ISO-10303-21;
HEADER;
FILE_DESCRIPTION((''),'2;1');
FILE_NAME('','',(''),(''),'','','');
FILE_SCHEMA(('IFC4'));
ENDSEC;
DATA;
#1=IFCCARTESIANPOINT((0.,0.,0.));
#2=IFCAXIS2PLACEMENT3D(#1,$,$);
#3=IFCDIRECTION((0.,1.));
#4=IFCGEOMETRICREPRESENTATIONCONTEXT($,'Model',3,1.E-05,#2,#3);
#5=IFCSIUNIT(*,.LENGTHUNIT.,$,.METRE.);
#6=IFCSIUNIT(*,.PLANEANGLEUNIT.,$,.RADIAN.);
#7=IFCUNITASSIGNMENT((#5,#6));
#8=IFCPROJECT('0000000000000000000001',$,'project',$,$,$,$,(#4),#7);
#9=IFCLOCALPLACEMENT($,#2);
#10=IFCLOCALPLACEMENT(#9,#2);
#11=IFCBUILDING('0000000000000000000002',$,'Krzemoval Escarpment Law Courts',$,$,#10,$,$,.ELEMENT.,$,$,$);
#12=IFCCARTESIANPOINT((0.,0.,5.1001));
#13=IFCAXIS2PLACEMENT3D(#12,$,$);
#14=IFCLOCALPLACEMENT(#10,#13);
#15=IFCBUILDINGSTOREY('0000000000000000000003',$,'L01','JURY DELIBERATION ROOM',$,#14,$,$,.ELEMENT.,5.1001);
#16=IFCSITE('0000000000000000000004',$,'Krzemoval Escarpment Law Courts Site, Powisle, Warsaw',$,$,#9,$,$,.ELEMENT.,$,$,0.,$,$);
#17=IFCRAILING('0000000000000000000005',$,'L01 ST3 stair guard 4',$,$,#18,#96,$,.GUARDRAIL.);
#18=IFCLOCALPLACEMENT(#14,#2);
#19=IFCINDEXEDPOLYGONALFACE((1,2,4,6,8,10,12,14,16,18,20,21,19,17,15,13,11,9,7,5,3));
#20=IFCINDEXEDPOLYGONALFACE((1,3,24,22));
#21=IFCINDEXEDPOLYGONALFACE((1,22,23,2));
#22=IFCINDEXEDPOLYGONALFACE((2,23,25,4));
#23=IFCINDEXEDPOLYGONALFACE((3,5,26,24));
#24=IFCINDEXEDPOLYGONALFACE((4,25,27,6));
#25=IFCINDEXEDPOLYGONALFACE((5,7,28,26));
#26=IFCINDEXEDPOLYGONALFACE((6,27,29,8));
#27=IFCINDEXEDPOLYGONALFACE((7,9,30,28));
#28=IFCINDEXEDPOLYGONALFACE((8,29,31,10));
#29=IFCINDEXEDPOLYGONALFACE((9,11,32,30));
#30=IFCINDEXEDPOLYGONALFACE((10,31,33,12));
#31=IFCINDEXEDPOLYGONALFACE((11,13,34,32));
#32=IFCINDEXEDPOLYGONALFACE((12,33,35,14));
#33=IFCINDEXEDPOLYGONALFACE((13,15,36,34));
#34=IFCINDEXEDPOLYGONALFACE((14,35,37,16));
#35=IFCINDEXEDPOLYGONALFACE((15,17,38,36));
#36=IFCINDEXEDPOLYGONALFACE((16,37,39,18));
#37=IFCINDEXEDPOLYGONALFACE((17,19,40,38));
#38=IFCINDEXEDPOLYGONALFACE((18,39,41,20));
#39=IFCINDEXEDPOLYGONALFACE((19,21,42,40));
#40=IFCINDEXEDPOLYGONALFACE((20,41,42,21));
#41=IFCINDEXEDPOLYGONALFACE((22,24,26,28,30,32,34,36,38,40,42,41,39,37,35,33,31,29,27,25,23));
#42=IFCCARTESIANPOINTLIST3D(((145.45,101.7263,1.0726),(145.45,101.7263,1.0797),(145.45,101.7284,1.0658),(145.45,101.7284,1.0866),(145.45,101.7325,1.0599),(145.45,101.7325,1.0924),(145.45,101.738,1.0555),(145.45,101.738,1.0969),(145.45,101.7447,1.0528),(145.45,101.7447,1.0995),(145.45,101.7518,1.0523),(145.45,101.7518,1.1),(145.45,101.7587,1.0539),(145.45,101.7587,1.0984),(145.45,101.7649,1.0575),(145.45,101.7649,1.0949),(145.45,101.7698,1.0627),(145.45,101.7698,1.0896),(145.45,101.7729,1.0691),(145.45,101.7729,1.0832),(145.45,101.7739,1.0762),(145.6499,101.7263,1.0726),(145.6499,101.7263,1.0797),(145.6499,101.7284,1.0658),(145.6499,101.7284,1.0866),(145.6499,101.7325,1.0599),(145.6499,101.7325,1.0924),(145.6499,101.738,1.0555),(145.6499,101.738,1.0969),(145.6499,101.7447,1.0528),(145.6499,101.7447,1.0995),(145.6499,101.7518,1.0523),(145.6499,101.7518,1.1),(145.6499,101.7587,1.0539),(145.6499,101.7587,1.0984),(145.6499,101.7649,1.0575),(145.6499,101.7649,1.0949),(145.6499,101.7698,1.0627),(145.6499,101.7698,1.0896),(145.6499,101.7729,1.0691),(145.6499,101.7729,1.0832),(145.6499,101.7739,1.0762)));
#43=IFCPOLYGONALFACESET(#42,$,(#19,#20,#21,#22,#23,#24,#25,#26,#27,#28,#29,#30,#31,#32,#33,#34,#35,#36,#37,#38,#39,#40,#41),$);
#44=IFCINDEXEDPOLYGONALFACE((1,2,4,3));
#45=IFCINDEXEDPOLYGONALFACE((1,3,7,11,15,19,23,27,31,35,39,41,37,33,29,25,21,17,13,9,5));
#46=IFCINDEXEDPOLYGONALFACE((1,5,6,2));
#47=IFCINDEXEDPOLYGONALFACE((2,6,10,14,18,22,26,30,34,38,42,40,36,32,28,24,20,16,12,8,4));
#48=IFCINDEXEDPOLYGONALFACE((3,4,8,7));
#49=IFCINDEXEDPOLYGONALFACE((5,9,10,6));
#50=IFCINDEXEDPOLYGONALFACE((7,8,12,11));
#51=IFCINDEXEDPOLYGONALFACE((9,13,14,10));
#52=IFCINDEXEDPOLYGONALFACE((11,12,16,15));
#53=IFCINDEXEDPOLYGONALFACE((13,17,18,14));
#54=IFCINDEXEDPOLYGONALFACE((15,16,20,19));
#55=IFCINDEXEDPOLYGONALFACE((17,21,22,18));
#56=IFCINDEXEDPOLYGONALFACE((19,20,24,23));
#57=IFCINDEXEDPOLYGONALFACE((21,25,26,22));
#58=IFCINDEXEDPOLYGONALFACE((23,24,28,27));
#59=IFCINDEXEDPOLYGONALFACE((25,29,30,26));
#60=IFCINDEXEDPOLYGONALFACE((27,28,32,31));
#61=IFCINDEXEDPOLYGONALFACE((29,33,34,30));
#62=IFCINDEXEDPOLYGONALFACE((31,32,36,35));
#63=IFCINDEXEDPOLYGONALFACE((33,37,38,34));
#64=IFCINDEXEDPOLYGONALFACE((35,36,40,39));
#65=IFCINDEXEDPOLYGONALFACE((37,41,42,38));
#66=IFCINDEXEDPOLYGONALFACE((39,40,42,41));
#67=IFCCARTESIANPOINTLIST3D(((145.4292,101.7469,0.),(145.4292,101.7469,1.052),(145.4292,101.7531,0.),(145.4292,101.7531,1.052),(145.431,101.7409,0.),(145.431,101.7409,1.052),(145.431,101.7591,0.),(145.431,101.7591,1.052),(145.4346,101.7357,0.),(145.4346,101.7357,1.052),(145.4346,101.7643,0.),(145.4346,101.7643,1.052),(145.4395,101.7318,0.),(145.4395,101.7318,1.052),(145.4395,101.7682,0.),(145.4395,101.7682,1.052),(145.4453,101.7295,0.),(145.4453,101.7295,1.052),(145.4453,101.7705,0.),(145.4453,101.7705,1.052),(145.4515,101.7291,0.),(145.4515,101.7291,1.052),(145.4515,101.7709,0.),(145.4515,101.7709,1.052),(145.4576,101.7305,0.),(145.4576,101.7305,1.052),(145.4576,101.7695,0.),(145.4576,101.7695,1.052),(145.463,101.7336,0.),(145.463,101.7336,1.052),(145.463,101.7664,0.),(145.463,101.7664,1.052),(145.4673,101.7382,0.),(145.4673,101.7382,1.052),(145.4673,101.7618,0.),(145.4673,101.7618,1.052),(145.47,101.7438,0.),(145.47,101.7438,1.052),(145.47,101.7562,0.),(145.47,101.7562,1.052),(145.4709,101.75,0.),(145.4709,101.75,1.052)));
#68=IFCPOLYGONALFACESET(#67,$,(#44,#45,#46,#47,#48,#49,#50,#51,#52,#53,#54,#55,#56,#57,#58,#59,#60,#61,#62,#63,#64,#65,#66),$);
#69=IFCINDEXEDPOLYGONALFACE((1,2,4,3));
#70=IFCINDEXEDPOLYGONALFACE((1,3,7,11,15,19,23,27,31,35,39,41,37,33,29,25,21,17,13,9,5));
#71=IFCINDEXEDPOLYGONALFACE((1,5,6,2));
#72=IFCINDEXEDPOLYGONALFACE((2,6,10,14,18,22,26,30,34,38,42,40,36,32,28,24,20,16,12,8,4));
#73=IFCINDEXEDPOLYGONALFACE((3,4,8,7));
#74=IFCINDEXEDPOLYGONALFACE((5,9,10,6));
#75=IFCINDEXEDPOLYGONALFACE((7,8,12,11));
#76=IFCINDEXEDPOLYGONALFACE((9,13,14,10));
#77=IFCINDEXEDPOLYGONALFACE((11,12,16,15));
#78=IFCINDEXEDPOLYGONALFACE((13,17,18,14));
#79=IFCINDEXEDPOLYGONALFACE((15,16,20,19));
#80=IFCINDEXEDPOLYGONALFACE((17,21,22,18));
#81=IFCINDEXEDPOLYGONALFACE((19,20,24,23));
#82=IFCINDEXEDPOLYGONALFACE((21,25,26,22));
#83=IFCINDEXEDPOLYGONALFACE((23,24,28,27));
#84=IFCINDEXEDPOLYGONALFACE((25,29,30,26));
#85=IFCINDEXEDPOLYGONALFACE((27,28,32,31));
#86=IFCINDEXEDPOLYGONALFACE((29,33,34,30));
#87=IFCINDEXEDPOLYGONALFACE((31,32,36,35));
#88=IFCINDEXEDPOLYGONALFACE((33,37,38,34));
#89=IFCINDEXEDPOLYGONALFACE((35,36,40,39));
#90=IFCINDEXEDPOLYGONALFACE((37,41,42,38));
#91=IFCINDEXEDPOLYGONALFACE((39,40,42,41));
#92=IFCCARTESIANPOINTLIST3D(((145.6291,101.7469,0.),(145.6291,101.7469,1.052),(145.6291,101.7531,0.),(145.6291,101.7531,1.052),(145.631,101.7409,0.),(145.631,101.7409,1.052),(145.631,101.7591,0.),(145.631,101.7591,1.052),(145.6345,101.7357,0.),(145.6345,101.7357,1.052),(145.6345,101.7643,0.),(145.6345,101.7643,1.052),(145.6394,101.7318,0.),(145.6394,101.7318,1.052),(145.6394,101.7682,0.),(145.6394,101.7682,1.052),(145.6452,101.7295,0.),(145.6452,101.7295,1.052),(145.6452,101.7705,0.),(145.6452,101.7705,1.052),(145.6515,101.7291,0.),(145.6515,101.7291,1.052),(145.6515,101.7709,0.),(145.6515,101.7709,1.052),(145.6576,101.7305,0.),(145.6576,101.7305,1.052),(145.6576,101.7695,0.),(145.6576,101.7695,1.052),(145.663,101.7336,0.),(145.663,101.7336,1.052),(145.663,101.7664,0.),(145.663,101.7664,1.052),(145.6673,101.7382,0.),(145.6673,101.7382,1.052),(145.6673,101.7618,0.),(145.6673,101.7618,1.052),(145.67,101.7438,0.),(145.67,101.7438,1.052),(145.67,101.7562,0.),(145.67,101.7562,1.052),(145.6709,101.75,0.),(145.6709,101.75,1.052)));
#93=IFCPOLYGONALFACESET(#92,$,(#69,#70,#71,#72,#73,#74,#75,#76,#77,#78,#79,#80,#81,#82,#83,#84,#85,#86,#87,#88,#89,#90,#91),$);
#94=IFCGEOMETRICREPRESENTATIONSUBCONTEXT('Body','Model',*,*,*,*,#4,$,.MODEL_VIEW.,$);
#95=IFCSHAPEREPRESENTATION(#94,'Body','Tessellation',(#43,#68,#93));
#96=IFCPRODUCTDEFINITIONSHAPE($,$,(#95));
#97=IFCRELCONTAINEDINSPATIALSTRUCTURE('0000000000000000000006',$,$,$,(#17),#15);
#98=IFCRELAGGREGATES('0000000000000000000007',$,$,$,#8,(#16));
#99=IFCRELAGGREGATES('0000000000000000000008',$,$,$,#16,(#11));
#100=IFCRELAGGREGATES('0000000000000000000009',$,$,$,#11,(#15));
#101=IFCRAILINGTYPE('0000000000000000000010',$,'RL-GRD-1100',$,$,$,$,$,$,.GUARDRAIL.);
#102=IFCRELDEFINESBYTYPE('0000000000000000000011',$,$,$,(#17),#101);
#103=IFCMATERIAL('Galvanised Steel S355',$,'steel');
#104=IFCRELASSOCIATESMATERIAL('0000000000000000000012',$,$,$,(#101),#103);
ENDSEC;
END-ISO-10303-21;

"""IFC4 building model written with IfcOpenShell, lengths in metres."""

from ifc_helpers import new_model, si_unit, direction, frame, origin, origin_2d, place, context, subcontext, project, spatial, circle, extrude, material, type_object, element, save


model = new_model("IFC4")

# Units and contexts
model_context = context("Model", 3, precision=1e-05, world=origin(), true_north=direction((0.0, 1.0)))
body_context = subcontext(model_context, "Body", "Model", "MODEL_VIEW")
ifc_project = project(units=[si_unit("LENGTHUNIT", "METRE"), si_unit("PLANEANGLEUNIT", "RADIAN")], contexts=[model_context])

# Site, building, storey
site_placement = place(None, origin())
site = spatial("IfcSite", under=ifc_project, at=site_placement, Name="Krzemoval Escarpment Law Courts Site, Powisle, Warsaw", CompositionType="ELEMENT", RefElevation=0.0)
building_placement = place(site_placement, origin())
building = spatial("IfcBuilding", under=site, at=building_placement, Name="Krzemoval Escarpment Law Courts", CompositionType="ELEMENT")
storey_placement = place(building_placement, frame((0.0, 0.0, 5.1001)))
storey = spatial("IfcBuildingStorey", under=building, at=storey_placement, Name="L01", Description="JURY DELIBERATION ROOM", CompositionType="ELEMENT", Elevation=5.1001)

# Railing
ifc_material_1 = material(Name="Galvanised Steel S355", Category="steel")
railing_type_1 = type_object("IfcRailingType", Name="RL-GRD-1100", PredefinedType="GUARDRAIL", material=ifc_material_1)
railing_1_placement = place(storey_placement, frame((145.45, 101.75, 0.0)))
element("IfcRailing", 1, at=railing_1_placement, inside=storey, type_object=railing_type_1, Name="L01 ST3 stair guard 4", PredefinedType="GUARDRAIL", context=body_context, shape_type="SweptSolid", body=[
    extrude(circle(Radius=0.0239, at=origin_2d()), frame((0.0, 0.0, 1.0762), z_axis=(1.0, 0.0, 0.0), x_axis=(0.0, 1.0, 0.0)), (0.0, 0.0, 1.0), 0.2),
    extrude(circle(Radius=0.021, at=origin_2d()), origin(), (0.0, 0.0, 1.0), 1.052),
    extrude(circle(Radius=0.021, at=origin_2d()), frame((0.2, 0.0, 0.0)), (0.0, 0.0, 1.0), 1.052),
])

save(model, "model.ifc")
